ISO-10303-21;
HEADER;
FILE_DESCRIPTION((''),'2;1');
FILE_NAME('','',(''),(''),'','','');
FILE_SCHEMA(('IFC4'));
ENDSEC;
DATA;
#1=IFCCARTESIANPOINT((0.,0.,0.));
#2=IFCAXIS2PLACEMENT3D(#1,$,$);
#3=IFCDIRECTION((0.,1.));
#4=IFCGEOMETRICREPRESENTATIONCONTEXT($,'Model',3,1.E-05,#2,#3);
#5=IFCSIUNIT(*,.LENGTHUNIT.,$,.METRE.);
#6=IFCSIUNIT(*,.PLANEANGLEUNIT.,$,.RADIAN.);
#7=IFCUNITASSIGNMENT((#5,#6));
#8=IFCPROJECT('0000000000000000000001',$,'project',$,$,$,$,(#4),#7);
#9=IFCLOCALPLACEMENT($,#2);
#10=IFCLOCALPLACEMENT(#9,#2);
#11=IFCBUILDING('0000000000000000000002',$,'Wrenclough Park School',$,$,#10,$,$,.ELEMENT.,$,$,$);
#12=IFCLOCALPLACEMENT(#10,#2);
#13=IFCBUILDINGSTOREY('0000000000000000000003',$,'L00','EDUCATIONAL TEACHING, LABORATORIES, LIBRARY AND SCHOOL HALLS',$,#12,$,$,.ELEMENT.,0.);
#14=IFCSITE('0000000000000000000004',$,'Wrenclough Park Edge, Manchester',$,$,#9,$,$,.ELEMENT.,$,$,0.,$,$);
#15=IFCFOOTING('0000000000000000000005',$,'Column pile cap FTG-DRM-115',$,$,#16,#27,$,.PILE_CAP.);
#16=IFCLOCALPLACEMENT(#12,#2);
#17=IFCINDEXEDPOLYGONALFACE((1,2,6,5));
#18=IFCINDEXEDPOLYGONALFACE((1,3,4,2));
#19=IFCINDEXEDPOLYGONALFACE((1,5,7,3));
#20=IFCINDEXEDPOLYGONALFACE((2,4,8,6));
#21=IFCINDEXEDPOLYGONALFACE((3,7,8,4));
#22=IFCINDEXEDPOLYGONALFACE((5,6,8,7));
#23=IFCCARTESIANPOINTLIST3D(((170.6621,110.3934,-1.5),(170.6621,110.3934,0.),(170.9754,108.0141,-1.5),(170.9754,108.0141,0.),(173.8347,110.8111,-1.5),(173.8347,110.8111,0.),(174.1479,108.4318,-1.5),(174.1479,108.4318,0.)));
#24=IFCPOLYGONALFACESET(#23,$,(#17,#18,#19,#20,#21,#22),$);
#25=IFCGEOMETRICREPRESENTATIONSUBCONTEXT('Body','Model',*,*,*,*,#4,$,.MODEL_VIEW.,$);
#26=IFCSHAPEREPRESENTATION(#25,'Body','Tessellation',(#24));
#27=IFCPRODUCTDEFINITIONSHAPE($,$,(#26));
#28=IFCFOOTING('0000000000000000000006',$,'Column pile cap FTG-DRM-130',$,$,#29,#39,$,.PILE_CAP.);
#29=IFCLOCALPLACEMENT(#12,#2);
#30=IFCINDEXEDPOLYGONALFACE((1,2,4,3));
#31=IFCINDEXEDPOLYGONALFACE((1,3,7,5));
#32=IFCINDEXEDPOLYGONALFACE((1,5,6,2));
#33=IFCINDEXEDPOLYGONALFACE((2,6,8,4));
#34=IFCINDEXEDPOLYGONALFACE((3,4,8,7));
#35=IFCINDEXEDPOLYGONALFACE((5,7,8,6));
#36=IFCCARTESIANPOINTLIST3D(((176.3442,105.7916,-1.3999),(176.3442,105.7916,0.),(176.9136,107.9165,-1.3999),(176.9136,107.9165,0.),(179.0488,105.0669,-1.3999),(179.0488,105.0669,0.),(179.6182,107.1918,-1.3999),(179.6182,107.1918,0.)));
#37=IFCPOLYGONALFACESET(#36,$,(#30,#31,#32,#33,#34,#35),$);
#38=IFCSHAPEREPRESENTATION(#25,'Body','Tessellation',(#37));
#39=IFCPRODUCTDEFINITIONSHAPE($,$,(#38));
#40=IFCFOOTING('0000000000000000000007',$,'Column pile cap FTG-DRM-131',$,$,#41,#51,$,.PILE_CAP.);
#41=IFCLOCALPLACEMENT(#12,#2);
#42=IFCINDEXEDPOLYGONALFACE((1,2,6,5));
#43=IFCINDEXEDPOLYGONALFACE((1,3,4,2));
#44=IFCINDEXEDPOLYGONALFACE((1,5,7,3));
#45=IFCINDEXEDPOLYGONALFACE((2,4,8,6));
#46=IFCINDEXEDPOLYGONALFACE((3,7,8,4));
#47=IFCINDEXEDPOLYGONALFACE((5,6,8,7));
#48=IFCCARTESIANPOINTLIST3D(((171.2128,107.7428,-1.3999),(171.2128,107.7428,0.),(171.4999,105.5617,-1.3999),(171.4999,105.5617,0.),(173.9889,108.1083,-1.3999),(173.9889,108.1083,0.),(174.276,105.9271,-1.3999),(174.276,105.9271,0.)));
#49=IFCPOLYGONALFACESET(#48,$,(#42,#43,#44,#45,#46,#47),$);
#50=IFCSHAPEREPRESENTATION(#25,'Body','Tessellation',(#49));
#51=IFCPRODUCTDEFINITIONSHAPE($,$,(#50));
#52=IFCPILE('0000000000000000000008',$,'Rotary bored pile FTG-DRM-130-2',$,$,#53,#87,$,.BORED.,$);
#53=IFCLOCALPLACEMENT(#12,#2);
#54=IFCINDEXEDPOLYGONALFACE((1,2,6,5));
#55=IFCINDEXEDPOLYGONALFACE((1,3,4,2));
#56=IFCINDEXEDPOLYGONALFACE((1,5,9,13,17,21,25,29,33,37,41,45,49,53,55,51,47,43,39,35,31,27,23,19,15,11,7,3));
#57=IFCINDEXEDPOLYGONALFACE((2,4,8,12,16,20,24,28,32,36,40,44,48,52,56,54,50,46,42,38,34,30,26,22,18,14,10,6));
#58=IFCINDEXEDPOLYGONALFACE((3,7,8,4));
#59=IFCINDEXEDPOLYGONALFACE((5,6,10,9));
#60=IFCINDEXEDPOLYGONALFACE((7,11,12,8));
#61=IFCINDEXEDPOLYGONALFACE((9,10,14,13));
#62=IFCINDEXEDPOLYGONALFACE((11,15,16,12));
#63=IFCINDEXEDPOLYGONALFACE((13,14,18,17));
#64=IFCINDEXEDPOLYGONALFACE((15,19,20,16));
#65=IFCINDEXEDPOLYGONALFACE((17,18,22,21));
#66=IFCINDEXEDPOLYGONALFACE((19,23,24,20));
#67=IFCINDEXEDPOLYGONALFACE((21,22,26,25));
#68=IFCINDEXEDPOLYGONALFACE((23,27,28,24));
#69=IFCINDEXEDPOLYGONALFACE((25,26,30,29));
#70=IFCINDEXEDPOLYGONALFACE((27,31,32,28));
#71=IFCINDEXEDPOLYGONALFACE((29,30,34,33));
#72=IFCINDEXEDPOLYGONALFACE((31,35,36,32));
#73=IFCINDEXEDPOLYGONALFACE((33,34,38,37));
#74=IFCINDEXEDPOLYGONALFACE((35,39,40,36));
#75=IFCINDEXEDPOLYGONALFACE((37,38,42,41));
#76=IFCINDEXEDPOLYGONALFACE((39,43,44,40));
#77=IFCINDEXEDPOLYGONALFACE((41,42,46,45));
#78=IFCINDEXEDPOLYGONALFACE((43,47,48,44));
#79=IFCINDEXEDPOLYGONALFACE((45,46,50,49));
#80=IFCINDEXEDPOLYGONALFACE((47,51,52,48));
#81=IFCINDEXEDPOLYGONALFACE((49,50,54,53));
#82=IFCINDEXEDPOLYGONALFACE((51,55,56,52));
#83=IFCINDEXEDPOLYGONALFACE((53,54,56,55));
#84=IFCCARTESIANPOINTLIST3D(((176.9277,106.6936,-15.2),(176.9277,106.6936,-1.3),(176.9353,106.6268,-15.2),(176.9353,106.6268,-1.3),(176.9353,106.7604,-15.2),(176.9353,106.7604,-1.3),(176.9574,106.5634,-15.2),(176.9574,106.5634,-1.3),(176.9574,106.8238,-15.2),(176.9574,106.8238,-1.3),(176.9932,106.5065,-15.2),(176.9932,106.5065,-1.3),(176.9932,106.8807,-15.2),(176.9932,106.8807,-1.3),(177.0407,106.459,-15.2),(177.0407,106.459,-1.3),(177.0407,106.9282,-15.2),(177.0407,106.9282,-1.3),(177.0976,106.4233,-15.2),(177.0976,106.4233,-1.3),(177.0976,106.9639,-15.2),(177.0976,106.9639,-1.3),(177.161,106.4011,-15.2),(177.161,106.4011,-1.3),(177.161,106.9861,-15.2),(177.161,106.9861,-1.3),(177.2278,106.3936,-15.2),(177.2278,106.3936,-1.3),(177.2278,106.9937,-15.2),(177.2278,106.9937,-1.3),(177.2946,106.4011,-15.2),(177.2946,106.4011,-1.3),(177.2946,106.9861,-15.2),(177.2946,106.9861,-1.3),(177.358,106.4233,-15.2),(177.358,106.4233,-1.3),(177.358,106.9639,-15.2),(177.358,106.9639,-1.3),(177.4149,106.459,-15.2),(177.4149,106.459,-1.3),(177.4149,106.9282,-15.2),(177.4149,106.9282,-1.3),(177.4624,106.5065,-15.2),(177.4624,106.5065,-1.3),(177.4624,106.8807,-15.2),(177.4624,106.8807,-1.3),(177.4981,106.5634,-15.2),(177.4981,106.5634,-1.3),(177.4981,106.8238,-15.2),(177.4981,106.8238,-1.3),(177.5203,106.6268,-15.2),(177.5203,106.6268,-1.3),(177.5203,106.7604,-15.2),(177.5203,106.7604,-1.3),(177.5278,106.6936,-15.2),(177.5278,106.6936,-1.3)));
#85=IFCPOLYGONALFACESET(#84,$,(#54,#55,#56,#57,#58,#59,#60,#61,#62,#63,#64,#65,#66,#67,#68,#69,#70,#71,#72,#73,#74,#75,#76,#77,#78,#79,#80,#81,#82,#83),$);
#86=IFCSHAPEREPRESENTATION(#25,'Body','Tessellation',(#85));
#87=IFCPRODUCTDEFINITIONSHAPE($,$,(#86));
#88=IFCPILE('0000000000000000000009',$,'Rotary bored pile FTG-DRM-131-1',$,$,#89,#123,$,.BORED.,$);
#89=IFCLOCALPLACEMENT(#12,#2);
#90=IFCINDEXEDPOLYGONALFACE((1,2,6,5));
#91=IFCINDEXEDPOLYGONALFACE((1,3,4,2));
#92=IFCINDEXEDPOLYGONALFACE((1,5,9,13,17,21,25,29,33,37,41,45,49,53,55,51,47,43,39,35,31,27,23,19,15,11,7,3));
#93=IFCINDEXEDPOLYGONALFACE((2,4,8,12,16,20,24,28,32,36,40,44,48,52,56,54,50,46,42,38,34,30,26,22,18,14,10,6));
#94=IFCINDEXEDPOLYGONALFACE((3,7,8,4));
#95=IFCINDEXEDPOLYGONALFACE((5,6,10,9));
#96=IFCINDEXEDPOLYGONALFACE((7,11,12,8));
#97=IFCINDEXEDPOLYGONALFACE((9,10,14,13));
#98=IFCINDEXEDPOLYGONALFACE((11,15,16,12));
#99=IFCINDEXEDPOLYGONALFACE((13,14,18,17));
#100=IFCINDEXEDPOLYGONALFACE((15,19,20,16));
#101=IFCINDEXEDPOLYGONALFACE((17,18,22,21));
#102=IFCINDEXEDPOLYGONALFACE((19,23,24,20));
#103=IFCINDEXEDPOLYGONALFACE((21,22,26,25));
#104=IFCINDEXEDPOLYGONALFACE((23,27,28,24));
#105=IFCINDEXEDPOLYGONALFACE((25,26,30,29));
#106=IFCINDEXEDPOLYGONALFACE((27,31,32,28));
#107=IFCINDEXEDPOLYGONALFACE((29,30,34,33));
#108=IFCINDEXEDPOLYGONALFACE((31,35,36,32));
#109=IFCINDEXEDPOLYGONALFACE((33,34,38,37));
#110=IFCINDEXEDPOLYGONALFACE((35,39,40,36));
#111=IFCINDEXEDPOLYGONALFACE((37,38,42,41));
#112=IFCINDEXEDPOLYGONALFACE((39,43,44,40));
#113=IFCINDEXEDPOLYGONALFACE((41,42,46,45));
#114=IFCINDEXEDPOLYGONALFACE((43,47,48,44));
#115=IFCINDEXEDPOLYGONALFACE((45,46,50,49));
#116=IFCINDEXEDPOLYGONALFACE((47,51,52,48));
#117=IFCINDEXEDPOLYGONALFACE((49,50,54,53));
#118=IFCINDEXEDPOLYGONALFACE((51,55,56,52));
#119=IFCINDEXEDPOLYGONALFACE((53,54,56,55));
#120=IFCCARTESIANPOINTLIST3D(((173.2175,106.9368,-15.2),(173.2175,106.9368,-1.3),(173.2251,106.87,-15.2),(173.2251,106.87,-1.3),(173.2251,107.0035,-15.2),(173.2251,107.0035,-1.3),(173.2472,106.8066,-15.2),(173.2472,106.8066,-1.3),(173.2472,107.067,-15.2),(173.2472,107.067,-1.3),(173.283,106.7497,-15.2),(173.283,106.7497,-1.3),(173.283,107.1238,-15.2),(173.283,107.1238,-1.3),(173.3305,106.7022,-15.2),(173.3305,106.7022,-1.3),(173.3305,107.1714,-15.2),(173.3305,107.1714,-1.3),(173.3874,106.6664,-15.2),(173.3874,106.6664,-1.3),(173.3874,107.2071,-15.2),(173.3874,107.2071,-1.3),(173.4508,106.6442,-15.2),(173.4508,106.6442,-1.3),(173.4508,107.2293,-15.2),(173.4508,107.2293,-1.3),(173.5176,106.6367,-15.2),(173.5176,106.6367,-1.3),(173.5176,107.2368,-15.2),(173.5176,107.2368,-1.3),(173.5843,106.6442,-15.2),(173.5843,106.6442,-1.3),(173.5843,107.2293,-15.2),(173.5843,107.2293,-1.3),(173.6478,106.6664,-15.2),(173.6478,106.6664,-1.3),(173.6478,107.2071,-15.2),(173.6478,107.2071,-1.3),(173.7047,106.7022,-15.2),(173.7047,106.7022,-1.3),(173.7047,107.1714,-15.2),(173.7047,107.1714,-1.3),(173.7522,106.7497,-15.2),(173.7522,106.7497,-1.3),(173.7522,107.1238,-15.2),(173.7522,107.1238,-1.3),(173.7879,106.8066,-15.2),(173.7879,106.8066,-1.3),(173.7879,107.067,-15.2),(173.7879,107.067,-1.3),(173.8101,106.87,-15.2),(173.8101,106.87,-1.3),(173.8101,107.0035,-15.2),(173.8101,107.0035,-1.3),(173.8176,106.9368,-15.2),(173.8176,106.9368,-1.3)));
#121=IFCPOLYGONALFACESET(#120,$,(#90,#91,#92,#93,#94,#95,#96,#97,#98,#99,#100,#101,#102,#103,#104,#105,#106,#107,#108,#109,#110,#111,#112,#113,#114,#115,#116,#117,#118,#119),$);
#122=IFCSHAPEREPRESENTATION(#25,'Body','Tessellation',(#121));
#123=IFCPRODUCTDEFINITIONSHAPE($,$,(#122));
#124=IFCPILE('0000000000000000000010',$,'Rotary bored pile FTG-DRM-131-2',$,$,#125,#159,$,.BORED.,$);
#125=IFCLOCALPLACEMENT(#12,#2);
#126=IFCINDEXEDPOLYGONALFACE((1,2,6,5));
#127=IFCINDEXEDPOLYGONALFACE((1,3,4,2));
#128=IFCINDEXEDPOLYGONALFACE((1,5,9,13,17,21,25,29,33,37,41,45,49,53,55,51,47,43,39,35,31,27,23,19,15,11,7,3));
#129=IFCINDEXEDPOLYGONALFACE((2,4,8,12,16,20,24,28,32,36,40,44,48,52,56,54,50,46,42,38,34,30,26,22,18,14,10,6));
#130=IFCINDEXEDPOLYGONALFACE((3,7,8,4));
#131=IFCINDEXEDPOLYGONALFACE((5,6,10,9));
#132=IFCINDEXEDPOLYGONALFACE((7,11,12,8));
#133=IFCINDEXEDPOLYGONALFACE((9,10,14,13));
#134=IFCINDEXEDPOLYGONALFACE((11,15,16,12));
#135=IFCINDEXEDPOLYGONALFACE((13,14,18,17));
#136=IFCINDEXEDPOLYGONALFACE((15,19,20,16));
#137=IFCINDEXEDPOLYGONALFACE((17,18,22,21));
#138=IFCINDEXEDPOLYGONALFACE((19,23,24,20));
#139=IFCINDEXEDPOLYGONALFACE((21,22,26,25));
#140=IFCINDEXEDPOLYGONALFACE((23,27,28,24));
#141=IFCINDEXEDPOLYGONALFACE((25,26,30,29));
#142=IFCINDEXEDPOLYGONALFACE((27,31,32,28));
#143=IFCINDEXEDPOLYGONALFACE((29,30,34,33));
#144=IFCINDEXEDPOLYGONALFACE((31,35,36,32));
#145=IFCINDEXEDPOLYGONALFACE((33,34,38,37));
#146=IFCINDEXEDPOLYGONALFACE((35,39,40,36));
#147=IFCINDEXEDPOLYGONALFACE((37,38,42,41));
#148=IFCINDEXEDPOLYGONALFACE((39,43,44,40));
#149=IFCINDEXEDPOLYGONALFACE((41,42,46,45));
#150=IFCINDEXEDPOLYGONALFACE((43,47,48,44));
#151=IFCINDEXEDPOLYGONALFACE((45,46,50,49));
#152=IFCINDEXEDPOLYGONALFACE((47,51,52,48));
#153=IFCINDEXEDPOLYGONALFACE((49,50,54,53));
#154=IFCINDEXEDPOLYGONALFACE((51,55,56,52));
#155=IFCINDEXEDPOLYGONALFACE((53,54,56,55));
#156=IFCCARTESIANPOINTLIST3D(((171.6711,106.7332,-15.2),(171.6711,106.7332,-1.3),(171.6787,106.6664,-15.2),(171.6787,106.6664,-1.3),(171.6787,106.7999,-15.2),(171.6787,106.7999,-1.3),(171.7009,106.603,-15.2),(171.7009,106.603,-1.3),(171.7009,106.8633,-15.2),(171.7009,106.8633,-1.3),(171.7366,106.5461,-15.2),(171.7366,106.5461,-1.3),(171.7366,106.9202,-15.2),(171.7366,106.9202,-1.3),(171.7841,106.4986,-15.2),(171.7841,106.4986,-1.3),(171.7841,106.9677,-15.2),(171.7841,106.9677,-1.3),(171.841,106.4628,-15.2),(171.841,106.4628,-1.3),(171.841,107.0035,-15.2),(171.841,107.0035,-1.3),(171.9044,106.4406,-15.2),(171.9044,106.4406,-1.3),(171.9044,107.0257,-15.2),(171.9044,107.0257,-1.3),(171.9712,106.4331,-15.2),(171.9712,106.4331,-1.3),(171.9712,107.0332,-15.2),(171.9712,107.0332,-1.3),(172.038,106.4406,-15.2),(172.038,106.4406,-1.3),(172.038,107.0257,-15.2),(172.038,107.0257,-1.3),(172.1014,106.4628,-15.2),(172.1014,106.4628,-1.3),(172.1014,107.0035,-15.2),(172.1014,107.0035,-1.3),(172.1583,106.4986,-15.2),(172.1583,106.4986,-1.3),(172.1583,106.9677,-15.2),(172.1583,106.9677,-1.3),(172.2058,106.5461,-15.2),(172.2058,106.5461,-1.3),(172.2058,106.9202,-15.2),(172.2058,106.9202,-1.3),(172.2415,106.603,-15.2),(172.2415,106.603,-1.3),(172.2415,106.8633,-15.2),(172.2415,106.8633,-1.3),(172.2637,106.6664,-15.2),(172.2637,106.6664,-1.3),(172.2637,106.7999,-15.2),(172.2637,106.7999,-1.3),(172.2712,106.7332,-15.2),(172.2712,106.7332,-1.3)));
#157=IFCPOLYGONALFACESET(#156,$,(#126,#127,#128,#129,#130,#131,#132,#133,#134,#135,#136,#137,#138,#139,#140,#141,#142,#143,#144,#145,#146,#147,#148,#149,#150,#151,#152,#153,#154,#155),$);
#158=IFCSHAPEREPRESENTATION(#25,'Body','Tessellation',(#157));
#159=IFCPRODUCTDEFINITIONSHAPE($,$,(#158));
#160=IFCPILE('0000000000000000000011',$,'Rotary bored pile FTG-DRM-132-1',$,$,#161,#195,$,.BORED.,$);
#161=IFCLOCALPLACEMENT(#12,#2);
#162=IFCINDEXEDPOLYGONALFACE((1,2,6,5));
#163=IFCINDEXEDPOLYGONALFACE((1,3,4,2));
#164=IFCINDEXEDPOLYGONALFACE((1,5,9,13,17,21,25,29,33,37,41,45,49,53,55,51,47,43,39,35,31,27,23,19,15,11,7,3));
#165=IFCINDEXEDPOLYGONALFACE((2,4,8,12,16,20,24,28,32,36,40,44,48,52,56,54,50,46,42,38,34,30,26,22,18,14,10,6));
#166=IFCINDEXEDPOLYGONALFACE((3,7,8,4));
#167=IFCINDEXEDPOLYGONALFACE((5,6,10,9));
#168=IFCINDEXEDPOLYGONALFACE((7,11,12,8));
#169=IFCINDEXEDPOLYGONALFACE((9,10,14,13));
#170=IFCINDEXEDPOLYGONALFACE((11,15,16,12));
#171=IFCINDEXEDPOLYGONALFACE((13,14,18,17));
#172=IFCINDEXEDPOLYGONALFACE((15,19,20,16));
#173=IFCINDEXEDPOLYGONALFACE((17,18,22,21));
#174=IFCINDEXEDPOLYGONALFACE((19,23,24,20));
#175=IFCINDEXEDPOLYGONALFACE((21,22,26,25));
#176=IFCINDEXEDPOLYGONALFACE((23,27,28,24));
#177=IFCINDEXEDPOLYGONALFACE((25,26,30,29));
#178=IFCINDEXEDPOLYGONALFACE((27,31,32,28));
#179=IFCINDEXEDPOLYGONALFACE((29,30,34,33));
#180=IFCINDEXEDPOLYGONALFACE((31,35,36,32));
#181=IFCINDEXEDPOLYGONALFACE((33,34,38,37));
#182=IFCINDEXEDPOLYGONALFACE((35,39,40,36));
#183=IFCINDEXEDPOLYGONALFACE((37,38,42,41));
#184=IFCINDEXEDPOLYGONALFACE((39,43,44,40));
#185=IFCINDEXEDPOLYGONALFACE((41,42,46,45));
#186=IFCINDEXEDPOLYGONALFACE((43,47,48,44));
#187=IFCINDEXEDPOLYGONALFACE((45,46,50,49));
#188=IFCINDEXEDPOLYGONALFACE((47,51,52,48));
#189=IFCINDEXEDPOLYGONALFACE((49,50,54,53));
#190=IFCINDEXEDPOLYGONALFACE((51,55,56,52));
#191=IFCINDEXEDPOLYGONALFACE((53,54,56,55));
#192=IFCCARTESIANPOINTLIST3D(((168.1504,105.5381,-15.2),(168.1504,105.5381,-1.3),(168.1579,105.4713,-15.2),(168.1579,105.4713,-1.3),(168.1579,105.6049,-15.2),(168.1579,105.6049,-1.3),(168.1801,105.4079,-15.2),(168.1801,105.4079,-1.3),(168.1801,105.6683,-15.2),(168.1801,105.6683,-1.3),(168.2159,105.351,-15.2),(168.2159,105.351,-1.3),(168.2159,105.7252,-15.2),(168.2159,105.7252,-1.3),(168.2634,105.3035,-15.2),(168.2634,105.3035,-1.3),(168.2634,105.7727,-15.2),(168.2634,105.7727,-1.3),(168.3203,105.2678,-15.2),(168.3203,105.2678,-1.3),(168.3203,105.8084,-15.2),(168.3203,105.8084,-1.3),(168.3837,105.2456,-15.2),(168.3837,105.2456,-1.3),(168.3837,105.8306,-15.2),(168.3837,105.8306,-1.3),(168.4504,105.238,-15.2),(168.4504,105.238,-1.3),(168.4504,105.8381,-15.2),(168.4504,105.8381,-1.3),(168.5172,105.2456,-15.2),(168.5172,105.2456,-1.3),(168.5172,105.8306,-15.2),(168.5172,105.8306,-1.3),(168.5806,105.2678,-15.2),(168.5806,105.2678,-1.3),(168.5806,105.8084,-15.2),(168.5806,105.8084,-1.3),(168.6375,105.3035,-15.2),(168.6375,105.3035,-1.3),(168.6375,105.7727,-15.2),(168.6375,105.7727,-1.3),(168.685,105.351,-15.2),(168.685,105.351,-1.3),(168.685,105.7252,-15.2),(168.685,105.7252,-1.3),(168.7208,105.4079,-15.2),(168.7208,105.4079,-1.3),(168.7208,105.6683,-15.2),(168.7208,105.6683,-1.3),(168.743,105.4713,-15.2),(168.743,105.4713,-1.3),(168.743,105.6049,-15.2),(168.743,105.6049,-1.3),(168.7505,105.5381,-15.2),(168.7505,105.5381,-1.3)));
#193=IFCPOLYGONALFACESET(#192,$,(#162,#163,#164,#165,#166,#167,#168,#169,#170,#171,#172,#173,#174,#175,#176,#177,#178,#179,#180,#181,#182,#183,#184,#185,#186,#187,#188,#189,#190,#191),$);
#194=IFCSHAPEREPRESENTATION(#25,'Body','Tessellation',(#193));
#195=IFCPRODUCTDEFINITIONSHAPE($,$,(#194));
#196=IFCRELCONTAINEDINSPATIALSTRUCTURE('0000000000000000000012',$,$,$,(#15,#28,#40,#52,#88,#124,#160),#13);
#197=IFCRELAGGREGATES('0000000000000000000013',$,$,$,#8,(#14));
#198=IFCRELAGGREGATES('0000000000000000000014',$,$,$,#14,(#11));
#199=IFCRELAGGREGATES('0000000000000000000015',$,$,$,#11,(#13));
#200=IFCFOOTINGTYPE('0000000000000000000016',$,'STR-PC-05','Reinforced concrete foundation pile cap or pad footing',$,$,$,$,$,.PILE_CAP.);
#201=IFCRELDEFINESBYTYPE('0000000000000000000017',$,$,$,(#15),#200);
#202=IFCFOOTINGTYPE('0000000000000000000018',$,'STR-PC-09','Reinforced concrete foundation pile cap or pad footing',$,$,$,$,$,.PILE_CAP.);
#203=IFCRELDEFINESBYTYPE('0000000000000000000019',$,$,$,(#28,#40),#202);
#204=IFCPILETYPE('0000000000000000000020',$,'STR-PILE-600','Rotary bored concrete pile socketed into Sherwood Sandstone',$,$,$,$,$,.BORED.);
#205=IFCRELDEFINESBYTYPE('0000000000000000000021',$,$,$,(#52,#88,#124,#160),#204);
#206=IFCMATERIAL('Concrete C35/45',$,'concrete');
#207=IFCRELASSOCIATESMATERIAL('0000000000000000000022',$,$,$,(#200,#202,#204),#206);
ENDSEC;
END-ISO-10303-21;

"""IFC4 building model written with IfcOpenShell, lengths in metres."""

from ifc_helpers import new_model, si_unit, direction, frame, origin, origin_2d, place, context, subcontext, project, spatial, rectangle, circle, extrude, material, material_profile, profile_set, type_object, element, save


model = new_model("IFC4")

# Units and contexts
model_context = context("Model", 3, precision=1e-05, world=origin(), true_north=direction((0.0, 1.0)))
body_context = subcontext(model_context, "Body", "Model", "MODEL_VIEW")
ifc_project = project(units=[si_unit("LENGTHUNIT", "METRE"), si_unit("PLANEANGLEUNIT", "RADIAN")], contexts=[model_context])

# Site, building, storey
site_placement = place(None, origin())
site = spatial("IfcSite", under=ifc_project, at=site_placement, Name="Wrenclough Park Edge, Manchester", CompositionType="ELEMENT", RefElevation=0.0)
building_placement = place(site_placement, origin())
building = spatial("IfcBuilding", under=site, at=building_placement, Name="Wrenclough Park School", CompositionType="ELEMENT")
storey_placement = place(building_placement, origin())
storey = spatial("IfcBuildingStorey", under=building, at=storey_placement, Name="L00", Description="EDUCATIONAL TEACHING, LABORATORIES, LIBRARY AND SCHOOL HALLS", CompositionType="ELEMENT", Elevation=0.0)

# Footings
ifc_material_1 = material(Name="Concrete C35/45", Category="concrete")
footing_type_1 = type_object("IfcFootingType", Name="STR-PC-05", Description="Reinforced concrete foundation pile cap or pad footing", PredefinedType="PILE_CAP", material=ifc_material_1)
footing_placement = place(storey_placement, frame((172.405, 109.4126, -1.5), z_axis=(0.0, 0.0, 1.0), x_axis=(-0.991445, -0.130526, 0.0)))
element("IfcFooting", 1, at=footing_placement, inside=storey, type_object=footing_type_1, Name="Column pile cap FTG-DRM-115", PredefinedType="PILE_CAP", context=body_context, shape_type="SweptSolid", body=[
    extrude(rectangle(XDim=3.2, YDim=2.3999, at=origin_2d()), origin(), (0.0, 0.0, 1.0), 1.5),
])
footing_type_2 = type_object("IfcFootingType", Name="STR-PC-09", Description="Reinforced concrete foundation pile cap or pad footing", PredefinedType="PILE_CAP", material=ifc_material_1)
for number, where, z_axis, x_axis, name in (
    (2, (177.9812, 106.4917, -1.3999), (0.0, 0.0, 1.0), (-0.965926, 0.258819, 0.0), "Column pile cap FTG-DRM-130"),
    (3, (172.7444, 106.835, -1.3999), (0.0, 0.0, 1.0), (-0.991445, -0.130526, 0.0), "Column pile cap FTG-DRM-131"),
):
    element("IfcFooting", number, at=place(storey_placement, frame(where, z_axis=z_axis, x_axis=x_axis)), inside=storey, type_object=footing_type_2, Name=name, PredefinedType="PILE_CAP", context=body_context, shape_type="SweptSolid", body=[
        extrude(rectangle(XDim=2.8, YDim=2.2, at=origin_2d()), origin(), (0.0, 0.0, 1.0), 1.3999),
    ])

# Piles
ifc_material_profile_1 = material_profile(ifc_material_1, circle(Radius=0.3, at=origin_2d()), Name="BORED PILE D600")
ifc_profile_set_1 = profile_set([ifc_material_profile_1], Name="Concrete C35/45")
pile_type_1 = type_object("IfcPileType", Name="STR-PILE-600", Description="Rotary bored concrete pile socketed into Sherwood Sandstone", PredefinedType="BORED", material=ifc_profile_set_1)
for number, where, z_axis, x_axis, name in (
    (4, (177.2278, 106.6936, -1.3), (0.0, 0.0, -1.0), (1.0, 0.0, 0.0), "Rotary bored pile FTG-DRM-130-2"),
    (5, (173.5176, 106.9368, -1.3), (0.0, 0.0, -1.0), (1.0, 0.0, 0.0), "Rotary bored pile FTG-DRM-131-1"),
    (6, (171.9712, 106.7332, -1.3), (0.0, 0.0, -1.0), (1.0, 0.0, 0.0), "Rotary bored pile FTG-DRM-131-2"),
    (7, (168.4504, 105.5381, -1.3), (0.0, 0.0, -1.0), (1.0, 0.0, 0.0), "Rotary bored pile FTG-DRM-132-1"),
):
    element("IfcPile", number, at=place(storey_placement, frame(where, z_axis=z_axis, x_axis=x_axis)), inside=storey, type_object=pile_type_1, Name=name, PredefinedType="BORED", context=body_context, shape_type="SweptSolid", body=[
        extrude(circle(Radius=0.3, at=origin_2d()), origin(), (0.0, 0.0, 1.0), 13.8999),
    ])

save(model, "model.ifc")
